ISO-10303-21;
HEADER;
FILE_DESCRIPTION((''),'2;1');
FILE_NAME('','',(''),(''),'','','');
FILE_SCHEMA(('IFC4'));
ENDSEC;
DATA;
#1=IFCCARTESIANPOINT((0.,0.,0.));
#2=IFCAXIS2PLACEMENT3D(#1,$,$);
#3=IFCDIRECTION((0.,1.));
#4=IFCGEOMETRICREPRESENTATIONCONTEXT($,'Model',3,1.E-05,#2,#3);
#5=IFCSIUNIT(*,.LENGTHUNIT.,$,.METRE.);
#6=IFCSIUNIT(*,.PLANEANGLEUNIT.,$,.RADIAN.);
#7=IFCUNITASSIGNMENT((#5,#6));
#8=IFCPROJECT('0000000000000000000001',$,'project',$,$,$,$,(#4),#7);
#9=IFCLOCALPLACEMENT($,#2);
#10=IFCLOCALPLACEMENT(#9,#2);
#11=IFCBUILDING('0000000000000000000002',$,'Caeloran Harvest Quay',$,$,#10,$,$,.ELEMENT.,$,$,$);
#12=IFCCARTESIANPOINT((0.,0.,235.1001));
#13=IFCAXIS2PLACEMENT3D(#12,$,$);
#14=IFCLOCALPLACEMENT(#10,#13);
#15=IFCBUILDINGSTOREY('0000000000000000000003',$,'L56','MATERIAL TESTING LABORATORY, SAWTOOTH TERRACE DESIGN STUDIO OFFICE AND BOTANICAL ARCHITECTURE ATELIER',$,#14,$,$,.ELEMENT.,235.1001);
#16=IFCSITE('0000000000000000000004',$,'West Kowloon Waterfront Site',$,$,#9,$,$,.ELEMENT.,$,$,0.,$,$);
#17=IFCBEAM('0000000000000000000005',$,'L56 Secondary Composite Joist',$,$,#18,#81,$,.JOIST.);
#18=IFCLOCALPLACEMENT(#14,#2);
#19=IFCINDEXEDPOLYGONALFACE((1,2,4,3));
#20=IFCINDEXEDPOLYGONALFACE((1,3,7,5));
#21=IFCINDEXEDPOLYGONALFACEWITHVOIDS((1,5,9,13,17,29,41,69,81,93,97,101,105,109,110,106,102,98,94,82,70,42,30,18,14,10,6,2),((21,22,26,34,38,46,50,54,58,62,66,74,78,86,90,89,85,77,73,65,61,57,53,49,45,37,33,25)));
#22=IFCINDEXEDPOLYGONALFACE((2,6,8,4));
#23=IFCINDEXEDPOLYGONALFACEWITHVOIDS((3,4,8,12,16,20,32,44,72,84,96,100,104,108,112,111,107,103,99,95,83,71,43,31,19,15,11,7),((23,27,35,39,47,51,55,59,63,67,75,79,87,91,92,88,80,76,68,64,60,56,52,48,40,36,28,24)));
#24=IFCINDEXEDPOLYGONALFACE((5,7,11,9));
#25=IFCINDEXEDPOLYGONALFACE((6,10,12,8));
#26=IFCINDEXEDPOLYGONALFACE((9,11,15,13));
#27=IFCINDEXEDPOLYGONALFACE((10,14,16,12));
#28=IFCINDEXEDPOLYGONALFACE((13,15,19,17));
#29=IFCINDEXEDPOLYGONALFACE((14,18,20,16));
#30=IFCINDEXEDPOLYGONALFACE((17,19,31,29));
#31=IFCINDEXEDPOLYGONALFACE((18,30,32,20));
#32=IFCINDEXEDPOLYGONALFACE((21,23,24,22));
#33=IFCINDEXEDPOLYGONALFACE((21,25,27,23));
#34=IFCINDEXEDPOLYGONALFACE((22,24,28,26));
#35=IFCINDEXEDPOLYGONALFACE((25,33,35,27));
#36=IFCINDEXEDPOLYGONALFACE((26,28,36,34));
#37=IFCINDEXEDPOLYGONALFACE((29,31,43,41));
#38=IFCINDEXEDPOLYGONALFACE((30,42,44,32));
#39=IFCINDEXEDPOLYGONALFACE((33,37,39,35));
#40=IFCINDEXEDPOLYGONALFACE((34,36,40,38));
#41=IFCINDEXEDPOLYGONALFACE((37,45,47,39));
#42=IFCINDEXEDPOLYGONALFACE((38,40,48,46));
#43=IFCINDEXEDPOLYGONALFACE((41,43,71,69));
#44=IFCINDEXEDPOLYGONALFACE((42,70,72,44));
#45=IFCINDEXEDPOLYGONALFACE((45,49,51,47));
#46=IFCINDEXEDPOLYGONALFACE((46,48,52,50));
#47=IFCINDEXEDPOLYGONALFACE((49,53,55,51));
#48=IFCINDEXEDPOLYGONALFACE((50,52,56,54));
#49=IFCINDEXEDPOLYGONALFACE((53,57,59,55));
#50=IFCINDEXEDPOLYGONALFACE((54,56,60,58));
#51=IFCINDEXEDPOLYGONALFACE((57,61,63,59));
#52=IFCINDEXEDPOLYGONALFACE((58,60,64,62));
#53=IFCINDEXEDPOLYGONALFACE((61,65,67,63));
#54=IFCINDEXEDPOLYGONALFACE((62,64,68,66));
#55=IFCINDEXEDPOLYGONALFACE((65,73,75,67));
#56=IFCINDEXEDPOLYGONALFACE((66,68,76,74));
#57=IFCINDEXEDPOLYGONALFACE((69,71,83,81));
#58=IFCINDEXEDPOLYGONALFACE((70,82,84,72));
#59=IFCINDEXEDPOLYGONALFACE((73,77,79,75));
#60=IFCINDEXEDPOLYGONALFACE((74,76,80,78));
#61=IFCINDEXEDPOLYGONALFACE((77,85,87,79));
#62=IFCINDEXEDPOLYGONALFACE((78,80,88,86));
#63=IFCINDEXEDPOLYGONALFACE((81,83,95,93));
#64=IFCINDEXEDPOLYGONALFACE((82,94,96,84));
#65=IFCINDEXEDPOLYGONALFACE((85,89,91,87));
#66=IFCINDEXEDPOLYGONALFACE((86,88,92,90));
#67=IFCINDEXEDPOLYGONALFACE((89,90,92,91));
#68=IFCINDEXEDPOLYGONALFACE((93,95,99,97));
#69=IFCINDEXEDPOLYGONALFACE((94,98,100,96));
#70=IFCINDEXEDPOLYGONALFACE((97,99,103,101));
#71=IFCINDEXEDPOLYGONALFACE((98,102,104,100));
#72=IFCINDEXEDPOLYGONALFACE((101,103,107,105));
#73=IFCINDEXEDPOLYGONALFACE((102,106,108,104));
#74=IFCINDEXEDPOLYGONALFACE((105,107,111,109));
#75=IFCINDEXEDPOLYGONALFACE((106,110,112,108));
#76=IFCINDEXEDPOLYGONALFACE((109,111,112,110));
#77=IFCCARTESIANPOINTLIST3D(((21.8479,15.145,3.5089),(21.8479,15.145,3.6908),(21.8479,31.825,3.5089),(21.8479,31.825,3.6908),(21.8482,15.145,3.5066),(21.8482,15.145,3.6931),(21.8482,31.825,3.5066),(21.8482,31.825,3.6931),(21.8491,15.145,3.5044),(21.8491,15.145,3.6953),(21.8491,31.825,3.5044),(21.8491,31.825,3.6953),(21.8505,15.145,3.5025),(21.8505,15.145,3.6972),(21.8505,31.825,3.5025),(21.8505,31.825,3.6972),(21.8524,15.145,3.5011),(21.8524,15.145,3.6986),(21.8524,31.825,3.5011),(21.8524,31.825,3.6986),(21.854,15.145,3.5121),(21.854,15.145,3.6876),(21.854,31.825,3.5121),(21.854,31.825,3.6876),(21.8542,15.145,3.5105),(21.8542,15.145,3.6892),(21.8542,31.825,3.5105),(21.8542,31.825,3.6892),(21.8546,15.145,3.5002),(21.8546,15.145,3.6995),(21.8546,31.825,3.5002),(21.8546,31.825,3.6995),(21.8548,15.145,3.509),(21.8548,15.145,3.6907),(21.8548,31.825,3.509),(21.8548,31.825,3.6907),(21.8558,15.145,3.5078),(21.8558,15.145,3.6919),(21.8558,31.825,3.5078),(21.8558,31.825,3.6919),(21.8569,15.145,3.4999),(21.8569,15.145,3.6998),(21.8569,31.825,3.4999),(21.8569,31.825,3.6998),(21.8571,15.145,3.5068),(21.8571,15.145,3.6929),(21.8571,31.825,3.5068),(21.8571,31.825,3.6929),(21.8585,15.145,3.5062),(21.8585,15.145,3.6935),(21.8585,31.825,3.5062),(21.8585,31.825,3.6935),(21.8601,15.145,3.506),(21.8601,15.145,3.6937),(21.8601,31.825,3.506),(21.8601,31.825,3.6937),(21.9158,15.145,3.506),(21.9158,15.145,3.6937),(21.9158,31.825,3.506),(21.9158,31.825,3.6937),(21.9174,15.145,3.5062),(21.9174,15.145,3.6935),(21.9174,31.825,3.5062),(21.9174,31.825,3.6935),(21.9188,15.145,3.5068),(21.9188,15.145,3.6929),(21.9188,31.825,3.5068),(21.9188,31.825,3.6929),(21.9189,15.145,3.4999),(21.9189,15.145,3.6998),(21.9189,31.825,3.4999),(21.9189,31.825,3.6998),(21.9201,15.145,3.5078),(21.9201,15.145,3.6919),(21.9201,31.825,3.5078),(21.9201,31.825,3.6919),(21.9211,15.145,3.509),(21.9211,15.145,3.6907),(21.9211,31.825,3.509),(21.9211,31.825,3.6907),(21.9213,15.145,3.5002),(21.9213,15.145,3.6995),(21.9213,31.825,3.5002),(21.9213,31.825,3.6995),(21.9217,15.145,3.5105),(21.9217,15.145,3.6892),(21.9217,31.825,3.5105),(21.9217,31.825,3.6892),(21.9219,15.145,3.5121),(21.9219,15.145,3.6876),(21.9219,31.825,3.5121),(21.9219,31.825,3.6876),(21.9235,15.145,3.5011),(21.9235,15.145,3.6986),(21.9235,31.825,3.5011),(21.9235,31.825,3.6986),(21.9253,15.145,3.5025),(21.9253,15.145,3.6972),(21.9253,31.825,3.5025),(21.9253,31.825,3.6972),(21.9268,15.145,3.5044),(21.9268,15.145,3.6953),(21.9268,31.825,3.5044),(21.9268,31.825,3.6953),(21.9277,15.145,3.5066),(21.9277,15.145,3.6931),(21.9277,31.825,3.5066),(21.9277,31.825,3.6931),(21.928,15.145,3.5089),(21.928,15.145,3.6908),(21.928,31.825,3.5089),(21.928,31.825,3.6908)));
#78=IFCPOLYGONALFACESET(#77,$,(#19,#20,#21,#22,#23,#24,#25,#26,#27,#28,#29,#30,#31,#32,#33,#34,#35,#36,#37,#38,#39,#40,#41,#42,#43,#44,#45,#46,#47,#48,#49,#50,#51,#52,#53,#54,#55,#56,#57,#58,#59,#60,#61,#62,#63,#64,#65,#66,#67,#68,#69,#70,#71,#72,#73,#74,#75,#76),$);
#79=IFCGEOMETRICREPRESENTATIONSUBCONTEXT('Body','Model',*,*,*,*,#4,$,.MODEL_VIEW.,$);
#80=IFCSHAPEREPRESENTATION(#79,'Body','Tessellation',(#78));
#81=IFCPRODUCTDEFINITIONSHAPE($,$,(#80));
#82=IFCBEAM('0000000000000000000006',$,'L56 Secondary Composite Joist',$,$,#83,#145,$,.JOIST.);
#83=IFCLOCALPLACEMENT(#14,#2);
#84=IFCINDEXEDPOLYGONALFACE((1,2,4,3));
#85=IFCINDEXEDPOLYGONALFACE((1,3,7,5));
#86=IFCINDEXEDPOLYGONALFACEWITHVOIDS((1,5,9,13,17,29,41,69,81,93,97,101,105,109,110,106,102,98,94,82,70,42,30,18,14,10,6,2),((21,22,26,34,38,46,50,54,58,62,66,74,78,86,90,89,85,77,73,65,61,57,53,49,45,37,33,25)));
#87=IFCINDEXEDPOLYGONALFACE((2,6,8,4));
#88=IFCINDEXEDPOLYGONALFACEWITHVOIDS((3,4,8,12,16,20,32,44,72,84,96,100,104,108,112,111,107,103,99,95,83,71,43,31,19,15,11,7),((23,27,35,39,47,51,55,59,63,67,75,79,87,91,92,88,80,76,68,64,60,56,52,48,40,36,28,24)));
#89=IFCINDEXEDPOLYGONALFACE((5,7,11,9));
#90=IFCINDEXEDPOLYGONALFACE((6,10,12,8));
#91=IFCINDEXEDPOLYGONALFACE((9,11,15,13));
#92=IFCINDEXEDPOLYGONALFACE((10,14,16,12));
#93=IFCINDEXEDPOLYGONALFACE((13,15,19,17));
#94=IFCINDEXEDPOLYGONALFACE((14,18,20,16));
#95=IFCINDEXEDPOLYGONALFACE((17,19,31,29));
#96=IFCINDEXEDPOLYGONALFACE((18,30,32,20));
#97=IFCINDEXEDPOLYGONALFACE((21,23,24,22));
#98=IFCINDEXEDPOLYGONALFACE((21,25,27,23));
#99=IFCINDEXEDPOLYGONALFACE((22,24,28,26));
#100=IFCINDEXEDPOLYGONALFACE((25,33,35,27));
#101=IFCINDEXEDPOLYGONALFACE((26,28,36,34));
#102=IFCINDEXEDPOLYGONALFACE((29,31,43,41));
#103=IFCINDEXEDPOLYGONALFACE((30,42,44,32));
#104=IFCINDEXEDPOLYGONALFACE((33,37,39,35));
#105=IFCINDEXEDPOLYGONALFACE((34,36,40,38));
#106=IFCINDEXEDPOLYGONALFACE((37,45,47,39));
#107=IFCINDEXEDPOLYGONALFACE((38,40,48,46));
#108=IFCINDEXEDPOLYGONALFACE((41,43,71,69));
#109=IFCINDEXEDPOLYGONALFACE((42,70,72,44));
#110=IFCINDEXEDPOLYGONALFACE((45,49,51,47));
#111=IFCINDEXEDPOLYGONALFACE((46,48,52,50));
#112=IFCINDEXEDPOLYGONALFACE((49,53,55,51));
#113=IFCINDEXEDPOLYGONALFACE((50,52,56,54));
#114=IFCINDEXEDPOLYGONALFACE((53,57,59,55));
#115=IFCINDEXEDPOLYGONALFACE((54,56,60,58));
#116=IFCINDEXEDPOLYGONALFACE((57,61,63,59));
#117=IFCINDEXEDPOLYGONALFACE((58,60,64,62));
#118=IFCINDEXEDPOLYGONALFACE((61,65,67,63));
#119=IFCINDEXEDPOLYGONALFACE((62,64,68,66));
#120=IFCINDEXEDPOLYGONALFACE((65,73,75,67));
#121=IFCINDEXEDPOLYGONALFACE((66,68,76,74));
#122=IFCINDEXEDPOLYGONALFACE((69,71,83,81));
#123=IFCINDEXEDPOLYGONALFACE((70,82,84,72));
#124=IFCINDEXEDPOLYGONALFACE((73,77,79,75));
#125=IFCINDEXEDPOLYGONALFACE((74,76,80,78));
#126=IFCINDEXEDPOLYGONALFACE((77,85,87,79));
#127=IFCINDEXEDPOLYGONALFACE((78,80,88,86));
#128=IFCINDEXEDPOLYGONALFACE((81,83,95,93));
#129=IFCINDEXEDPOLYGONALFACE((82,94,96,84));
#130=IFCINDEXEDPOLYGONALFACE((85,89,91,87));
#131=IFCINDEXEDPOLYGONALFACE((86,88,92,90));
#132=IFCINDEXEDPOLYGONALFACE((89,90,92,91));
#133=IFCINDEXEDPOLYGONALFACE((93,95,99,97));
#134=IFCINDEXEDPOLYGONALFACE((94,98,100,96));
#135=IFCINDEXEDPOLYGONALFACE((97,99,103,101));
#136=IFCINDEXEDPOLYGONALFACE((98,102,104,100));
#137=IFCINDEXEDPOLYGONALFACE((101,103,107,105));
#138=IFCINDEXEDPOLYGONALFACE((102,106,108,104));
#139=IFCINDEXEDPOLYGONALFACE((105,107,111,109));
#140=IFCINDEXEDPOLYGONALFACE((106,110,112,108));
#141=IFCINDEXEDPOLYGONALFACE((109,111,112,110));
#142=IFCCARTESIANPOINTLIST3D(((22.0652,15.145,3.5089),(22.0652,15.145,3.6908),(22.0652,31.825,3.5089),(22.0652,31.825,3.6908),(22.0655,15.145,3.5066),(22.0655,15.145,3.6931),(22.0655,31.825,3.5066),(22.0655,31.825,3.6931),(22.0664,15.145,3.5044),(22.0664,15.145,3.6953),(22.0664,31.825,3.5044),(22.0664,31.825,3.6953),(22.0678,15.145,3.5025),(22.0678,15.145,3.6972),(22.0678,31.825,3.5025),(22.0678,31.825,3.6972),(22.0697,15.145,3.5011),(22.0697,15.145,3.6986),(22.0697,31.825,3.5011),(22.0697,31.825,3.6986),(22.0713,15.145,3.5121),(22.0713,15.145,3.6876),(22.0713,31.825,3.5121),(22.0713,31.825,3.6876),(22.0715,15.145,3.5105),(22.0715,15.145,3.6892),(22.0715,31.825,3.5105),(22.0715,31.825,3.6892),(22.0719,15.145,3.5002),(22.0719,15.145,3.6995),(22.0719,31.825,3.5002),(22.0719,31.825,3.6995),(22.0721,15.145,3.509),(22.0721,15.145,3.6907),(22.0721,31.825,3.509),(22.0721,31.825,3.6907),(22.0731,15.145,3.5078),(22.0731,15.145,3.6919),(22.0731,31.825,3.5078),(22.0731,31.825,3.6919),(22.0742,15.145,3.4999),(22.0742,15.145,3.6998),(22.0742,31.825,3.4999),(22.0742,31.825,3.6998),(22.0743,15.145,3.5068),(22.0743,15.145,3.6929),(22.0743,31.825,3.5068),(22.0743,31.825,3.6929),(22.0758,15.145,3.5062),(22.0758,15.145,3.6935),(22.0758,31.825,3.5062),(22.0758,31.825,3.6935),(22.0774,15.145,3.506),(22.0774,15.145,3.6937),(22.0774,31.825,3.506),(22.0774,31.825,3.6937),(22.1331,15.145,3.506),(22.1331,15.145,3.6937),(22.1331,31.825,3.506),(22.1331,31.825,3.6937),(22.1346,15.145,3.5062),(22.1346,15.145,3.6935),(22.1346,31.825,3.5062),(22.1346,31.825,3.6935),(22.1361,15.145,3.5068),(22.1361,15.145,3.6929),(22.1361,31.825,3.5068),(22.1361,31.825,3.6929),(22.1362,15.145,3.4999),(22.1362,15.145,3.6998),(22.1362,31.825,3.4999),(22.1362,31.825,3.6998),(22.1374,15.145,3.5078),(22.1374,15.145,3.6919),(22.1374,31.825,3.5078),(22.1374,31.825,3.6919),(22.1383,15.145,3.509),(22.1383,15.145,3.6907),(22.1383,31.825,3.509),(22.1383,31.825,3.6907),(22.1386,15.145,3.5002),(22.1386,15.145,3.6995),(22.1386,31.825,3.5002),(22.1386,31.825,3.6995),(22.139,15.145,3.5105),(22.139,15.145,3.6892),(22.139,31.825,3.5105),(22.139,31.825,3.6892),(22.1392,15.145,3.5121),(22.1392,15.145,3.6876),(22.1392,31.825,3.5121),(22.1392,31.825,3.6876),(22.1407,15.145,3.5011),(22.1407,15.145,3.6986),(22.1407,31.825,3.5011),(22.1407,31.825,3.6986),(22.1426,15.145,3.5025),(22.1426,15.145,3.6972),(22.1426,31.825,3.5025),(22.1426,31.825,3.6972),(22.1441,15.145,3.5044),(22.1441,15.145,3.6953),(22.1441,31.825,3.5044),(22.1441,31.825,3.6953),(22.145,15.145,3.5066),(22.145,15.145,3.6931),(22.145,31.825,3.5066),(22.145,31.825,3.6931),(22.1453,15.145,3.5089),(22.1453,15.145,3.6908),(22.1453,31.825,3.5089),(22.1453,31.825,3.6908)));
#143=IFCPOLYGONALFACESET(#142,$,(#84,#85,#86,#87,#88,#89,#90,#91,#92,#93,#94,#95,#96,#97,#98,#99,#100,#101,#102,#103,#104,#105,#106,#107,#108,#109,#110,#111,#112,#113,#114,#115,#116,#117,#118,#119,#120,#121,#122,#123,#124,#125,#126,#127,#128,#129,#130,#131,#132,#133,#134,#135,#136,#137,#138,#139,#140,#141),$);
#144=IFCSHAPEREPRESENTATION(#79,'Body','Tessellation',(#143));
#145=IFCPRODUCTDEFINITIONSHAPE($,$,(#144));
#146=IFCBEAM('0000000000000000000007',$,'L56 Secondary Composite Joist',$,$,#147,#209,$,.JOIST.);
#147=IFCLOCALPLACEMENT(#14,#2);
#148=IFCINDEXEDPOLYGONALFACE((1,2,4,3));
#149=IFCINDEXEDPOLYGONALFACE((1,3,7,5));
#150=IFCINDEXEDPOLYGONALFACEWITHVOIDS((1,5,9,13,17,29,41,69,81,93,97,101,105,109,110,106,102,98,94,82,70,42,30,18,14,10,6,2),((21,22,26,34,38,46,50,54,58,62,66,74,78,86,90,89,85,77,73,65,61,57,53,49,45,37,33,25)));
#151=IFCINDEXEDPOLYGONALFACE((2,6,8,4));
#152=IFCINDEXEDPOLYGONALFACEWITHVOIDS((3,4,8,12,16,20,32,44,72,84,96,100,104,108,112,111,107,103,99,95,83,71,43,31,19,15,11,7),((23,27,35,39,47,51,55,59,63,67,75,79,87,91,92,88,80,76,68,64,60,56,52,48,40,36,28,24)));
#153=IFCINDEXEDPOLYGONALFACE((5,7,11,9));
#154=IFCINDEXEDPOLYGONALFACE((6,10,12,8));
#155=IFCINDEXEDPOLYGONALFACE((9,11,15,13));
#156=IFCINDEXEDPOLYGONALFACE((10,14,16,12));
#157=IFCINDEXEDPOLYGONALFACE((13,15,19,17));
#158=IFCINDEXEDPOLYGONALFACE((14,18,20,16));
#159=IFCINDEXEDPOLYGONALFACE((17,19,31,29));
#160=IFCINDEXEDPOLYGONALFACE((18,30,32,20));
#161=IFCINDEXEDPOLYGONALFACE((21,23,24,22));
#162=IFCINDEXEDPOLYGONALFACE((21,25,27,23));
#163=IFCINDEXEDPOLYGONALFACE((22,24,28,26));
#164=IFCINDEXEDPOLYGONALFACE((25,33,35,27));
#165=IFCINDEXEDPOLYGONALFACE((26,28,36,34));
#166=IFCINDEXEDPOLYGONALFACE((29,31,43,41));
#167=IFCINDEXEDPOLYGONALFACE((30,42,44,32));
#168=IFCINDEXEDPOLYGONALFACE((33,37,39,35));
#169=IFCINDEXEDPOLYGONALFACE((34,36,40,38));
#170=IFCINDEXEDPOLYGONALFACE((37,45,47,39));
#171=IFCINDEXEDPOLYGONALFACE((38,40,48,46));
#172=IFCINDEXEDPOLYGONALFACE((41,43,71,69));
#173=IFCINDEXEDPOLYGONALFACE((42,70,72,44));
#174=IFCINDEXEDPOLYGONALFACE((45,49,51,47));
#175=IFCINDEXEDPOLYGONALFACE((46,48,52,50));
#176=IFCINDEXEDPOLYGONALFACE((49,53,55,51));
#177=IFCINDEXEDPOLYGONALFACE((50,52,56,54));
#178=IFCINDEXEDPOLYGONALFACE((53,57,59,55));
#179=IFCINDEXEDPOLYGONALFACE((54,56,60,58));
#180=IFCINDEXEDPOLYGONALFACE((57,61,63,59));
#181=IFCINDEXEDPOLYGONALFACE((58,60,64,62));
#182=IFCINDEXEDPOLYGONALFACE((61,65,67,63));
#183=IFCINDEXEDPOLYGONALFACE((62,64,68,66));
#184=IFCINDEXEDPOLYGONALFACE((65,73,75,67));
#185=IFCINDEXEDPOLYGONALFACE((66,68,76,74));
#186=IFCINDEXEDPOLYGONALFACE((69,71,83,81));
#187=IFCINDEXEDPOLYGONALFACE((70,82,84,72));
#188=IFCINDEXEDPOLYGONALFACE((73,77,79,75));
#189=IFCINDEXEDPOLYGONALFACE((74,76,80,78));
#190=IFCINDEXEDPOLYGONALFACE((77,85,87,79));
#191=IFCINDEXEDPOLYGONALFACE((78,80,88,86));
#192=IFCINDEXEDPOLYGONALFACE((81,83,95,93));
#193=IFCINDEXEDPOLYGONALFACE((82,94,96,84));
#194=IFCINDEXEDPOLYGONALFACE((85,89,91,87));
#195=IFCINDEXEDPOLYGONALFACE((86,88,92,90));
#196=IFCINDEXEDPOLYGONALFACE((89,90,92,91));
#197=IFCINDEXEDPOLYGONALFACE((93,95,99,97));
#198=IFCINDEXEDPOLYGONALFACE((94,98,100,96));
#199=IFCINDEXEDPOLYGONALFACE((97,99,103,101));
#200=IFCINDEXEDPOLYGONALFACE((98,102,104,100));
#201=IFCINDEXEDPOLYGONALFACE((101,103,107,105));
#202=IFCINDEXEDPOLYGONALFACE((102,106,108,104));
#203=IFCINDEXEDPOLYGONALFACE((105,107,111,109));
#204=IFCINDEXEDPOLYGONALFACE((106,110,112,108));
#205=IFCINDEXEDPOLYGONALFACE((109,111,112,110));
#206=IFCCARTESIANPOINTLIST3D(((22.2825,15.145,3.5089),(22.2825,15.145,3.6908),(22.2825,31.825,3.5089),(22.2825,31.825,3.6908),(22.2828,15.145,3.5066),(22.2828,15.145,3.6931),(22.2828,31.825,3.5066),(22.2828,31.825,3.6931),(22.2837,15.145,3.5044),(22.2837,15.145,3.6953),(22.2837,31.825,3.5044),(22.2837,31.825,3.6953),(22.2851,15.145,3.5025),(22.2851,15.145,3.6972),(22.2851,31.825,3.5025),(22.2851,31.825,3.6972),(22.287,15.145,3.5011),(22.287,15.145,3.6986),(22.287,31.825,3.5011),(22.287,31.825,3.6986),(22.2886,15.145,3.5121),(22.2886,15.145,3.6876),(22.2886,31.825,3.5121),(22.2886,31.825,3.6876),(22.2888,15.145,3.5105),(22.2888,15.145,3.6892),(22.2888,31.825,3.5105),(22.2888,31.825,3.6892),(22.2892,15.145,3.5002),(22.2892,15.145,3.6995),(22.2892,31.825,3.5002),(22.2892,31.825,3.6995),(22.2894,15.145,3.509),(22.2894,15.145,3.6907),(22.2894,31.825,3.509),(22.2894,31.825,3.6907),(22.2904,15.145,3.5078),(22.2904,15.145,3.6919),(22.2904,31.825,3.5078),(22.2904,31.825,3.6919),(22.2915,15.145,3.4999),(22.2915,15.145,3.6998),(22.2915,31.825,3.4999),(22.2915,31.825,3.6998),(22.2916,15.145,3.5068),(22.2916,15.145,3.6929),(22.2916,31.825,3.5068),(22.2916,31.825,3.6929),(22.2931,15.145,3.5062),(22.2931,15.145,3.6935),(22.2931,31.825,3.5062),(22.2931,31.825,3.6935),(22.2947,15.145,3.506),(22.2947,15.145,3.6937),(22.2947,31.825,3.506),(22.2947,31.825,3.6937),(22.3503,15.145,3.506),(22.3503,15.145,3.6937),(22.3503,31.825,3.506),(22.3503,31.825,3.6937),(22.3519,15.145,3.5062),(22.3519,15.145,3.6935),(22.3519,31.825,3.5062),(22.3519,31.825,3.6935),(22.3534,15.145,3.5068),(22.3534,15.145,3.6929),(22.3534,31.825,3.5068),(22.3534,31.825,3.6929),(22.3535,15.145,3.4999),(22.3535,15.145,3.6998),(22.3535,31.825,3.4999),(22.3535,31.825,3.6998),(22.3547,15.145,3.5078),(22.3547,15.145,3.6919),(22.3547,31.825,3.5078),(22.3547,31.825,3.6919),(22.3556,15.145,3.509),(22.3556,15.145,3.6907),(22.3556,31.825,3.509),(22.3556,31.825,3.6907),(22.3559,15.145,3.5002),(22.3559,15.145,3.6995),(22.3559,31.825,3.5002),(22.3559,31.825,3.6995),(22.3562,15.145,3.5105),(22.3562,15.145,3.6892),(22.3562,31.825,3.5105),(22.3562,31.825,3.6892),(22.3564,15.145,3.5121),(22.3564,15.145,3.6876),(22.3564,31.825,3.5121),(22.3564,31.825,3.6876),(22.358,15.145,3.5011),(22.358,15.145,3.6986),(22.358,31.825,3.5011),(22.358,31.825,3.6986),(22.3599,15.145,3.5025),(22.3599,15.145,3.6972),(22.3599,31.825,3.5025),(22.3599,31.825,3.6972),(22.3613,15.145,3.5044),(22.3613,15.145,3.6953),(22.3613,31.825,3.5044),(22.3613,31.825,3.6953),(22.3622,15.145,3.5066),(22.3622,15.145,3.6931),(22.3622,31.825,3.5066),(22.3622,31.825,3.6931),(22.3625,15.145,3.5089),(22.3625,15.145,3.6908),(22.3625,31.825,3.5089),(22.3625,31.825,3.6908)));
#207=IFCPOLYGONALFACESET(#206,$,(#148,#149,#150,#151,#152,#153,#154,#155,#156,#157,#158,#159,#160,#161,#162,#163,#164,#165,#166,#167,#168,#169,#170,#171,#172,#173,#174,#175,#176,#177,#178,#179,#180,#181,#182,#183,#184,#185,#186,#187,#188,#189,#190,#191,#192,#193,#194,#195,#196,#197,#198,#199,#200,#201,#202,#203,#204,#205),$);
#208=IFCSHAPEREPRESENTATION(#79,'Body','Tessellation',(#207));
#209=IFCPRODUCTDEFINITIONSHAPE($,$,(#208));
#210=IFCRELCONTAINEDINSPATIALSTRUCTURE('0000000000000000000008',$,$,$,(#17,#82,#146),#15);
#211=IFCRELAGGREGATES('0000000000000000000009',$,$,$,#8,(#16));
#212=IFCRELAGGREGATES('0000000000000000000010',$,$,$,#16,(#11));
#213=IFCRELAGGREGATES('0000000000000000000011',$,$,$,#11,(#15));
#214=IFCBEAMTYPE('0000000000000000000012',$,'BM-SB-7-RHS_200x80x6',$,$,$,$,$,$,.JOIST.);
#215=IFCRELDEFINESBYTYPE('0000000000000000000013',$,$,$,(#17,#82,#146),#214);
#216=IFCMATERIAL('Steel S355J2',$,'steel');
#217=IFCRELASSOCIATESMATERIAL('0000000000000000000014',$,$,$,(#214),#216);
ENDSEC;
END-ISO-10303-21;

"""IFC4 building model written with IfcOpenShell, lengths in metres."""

from ifc_helpers import new_model, si_unit, direction, frame, origin, origin_2d, place, context, subcontext, project, spatial, hollow_rectangle, extrude, material, material_profile, profile_set, type_object, element, save


model = new_model("IFC4")

# Units and contexts
model_context = context("Model", 3, precision=1e-05, world=origin(), true_north=direction((0.0, 1.0)))
body_context = subcontext(model_context, "Body", "Model", "MODEL_VIEW")
ifc_project = project(units=[si_unit("LENGTHUNIT", "METRE"), si_unit("PLANEANGLEUNIT", "RADIAN")], contexts=[model_context])

# Site, building, storey
site_placement = place(None, origin())
site = spatial("IfcSite", under=ifc_project, at=site_placement, Name="West Kowloon Waterfront Site", CompositionType="ELEMENT", RefElevation=0.0)
building_placement = place(site_placement, origin())
building = spatial("IfcBuilding", under=site, at=building_placement, Name="Caeloran Harvest Quay", CompositionType="ELEMENT")
storey_placement = place(building_placement, frame((0.0, 0.0, 235.1001)))
storey = spatial("IfcBuildingStorey", under=building, at=storey_placement, Name="L56", Description="MATERIAL TESTING LABORATORY, SAWTOOTH TERRACE DESIGN STUDIO OFFICE AND BOTANICAL ARCHITECTURE ATELIER", CompositionType="ELEMENT", Elevation=235.1001)

# Beams
ifc_material_1 = material(Name="Steel S355J2", Category="steel")
ifc_material_profile_1 = material_profile(ifc_material_1, hollow_rectangle(XDim=0.0801, YDim=0.2, WallThickness=0.0061, InnerFilletRadius=0.0061, OuterFilletRadius=0.009, at=origin_2d()), Name="RHS 200x80x6")
ifc_profile_set_1 = profile_set([ifc_material_profile_1], Name="Steel S355J2")
beam_type_1 = type_object("IfcBeamType", Name="BM-SB-7-RHS_200x80x6", PredefinedType="JOIST", material=ifc_profile_set_1)
for number, where, z_axis, x_axis, name in (
    (1, (21.8879, 15.145, 3.5999), (0.0, 1.0, 0.0), (-1.0, 0.0, 0.0), "L56 Secondary Composite Joist"),
    (2, (22.1052, 15.145, 3.5999), (0.0, 1.0, 0.0), (-1.0, 0.0, 0.0), "L56 Secondary Composite Joist"),
    (3, (22.3225, 15.145, 3.5999), (0.0, 1.0, 0.0), (-1.0, 0.0, 0.0), "L56 Secondary Composite Joist"),
):
    element("IfcBeam", number, at=place(storey_placement, frame(where, z_axis=z_axis, x_axis=x_axis)), inside=storey, type_object=beam_type_1, Name=name, PredefinedType="JOIST", context=body_context, shape_type="SweptSolid", body=[
        extrude(hollow_rectangle(XDim=0.0801, YDim=0.2, WallThickness=0.0061, InnerFilletRadius=0.0061, OuterFilletRadius=0.009, at=origin_2d()), origin(), (0.0, 0.0, 1.0), 16.6799),
    ])

save(model, "model.ifc")
